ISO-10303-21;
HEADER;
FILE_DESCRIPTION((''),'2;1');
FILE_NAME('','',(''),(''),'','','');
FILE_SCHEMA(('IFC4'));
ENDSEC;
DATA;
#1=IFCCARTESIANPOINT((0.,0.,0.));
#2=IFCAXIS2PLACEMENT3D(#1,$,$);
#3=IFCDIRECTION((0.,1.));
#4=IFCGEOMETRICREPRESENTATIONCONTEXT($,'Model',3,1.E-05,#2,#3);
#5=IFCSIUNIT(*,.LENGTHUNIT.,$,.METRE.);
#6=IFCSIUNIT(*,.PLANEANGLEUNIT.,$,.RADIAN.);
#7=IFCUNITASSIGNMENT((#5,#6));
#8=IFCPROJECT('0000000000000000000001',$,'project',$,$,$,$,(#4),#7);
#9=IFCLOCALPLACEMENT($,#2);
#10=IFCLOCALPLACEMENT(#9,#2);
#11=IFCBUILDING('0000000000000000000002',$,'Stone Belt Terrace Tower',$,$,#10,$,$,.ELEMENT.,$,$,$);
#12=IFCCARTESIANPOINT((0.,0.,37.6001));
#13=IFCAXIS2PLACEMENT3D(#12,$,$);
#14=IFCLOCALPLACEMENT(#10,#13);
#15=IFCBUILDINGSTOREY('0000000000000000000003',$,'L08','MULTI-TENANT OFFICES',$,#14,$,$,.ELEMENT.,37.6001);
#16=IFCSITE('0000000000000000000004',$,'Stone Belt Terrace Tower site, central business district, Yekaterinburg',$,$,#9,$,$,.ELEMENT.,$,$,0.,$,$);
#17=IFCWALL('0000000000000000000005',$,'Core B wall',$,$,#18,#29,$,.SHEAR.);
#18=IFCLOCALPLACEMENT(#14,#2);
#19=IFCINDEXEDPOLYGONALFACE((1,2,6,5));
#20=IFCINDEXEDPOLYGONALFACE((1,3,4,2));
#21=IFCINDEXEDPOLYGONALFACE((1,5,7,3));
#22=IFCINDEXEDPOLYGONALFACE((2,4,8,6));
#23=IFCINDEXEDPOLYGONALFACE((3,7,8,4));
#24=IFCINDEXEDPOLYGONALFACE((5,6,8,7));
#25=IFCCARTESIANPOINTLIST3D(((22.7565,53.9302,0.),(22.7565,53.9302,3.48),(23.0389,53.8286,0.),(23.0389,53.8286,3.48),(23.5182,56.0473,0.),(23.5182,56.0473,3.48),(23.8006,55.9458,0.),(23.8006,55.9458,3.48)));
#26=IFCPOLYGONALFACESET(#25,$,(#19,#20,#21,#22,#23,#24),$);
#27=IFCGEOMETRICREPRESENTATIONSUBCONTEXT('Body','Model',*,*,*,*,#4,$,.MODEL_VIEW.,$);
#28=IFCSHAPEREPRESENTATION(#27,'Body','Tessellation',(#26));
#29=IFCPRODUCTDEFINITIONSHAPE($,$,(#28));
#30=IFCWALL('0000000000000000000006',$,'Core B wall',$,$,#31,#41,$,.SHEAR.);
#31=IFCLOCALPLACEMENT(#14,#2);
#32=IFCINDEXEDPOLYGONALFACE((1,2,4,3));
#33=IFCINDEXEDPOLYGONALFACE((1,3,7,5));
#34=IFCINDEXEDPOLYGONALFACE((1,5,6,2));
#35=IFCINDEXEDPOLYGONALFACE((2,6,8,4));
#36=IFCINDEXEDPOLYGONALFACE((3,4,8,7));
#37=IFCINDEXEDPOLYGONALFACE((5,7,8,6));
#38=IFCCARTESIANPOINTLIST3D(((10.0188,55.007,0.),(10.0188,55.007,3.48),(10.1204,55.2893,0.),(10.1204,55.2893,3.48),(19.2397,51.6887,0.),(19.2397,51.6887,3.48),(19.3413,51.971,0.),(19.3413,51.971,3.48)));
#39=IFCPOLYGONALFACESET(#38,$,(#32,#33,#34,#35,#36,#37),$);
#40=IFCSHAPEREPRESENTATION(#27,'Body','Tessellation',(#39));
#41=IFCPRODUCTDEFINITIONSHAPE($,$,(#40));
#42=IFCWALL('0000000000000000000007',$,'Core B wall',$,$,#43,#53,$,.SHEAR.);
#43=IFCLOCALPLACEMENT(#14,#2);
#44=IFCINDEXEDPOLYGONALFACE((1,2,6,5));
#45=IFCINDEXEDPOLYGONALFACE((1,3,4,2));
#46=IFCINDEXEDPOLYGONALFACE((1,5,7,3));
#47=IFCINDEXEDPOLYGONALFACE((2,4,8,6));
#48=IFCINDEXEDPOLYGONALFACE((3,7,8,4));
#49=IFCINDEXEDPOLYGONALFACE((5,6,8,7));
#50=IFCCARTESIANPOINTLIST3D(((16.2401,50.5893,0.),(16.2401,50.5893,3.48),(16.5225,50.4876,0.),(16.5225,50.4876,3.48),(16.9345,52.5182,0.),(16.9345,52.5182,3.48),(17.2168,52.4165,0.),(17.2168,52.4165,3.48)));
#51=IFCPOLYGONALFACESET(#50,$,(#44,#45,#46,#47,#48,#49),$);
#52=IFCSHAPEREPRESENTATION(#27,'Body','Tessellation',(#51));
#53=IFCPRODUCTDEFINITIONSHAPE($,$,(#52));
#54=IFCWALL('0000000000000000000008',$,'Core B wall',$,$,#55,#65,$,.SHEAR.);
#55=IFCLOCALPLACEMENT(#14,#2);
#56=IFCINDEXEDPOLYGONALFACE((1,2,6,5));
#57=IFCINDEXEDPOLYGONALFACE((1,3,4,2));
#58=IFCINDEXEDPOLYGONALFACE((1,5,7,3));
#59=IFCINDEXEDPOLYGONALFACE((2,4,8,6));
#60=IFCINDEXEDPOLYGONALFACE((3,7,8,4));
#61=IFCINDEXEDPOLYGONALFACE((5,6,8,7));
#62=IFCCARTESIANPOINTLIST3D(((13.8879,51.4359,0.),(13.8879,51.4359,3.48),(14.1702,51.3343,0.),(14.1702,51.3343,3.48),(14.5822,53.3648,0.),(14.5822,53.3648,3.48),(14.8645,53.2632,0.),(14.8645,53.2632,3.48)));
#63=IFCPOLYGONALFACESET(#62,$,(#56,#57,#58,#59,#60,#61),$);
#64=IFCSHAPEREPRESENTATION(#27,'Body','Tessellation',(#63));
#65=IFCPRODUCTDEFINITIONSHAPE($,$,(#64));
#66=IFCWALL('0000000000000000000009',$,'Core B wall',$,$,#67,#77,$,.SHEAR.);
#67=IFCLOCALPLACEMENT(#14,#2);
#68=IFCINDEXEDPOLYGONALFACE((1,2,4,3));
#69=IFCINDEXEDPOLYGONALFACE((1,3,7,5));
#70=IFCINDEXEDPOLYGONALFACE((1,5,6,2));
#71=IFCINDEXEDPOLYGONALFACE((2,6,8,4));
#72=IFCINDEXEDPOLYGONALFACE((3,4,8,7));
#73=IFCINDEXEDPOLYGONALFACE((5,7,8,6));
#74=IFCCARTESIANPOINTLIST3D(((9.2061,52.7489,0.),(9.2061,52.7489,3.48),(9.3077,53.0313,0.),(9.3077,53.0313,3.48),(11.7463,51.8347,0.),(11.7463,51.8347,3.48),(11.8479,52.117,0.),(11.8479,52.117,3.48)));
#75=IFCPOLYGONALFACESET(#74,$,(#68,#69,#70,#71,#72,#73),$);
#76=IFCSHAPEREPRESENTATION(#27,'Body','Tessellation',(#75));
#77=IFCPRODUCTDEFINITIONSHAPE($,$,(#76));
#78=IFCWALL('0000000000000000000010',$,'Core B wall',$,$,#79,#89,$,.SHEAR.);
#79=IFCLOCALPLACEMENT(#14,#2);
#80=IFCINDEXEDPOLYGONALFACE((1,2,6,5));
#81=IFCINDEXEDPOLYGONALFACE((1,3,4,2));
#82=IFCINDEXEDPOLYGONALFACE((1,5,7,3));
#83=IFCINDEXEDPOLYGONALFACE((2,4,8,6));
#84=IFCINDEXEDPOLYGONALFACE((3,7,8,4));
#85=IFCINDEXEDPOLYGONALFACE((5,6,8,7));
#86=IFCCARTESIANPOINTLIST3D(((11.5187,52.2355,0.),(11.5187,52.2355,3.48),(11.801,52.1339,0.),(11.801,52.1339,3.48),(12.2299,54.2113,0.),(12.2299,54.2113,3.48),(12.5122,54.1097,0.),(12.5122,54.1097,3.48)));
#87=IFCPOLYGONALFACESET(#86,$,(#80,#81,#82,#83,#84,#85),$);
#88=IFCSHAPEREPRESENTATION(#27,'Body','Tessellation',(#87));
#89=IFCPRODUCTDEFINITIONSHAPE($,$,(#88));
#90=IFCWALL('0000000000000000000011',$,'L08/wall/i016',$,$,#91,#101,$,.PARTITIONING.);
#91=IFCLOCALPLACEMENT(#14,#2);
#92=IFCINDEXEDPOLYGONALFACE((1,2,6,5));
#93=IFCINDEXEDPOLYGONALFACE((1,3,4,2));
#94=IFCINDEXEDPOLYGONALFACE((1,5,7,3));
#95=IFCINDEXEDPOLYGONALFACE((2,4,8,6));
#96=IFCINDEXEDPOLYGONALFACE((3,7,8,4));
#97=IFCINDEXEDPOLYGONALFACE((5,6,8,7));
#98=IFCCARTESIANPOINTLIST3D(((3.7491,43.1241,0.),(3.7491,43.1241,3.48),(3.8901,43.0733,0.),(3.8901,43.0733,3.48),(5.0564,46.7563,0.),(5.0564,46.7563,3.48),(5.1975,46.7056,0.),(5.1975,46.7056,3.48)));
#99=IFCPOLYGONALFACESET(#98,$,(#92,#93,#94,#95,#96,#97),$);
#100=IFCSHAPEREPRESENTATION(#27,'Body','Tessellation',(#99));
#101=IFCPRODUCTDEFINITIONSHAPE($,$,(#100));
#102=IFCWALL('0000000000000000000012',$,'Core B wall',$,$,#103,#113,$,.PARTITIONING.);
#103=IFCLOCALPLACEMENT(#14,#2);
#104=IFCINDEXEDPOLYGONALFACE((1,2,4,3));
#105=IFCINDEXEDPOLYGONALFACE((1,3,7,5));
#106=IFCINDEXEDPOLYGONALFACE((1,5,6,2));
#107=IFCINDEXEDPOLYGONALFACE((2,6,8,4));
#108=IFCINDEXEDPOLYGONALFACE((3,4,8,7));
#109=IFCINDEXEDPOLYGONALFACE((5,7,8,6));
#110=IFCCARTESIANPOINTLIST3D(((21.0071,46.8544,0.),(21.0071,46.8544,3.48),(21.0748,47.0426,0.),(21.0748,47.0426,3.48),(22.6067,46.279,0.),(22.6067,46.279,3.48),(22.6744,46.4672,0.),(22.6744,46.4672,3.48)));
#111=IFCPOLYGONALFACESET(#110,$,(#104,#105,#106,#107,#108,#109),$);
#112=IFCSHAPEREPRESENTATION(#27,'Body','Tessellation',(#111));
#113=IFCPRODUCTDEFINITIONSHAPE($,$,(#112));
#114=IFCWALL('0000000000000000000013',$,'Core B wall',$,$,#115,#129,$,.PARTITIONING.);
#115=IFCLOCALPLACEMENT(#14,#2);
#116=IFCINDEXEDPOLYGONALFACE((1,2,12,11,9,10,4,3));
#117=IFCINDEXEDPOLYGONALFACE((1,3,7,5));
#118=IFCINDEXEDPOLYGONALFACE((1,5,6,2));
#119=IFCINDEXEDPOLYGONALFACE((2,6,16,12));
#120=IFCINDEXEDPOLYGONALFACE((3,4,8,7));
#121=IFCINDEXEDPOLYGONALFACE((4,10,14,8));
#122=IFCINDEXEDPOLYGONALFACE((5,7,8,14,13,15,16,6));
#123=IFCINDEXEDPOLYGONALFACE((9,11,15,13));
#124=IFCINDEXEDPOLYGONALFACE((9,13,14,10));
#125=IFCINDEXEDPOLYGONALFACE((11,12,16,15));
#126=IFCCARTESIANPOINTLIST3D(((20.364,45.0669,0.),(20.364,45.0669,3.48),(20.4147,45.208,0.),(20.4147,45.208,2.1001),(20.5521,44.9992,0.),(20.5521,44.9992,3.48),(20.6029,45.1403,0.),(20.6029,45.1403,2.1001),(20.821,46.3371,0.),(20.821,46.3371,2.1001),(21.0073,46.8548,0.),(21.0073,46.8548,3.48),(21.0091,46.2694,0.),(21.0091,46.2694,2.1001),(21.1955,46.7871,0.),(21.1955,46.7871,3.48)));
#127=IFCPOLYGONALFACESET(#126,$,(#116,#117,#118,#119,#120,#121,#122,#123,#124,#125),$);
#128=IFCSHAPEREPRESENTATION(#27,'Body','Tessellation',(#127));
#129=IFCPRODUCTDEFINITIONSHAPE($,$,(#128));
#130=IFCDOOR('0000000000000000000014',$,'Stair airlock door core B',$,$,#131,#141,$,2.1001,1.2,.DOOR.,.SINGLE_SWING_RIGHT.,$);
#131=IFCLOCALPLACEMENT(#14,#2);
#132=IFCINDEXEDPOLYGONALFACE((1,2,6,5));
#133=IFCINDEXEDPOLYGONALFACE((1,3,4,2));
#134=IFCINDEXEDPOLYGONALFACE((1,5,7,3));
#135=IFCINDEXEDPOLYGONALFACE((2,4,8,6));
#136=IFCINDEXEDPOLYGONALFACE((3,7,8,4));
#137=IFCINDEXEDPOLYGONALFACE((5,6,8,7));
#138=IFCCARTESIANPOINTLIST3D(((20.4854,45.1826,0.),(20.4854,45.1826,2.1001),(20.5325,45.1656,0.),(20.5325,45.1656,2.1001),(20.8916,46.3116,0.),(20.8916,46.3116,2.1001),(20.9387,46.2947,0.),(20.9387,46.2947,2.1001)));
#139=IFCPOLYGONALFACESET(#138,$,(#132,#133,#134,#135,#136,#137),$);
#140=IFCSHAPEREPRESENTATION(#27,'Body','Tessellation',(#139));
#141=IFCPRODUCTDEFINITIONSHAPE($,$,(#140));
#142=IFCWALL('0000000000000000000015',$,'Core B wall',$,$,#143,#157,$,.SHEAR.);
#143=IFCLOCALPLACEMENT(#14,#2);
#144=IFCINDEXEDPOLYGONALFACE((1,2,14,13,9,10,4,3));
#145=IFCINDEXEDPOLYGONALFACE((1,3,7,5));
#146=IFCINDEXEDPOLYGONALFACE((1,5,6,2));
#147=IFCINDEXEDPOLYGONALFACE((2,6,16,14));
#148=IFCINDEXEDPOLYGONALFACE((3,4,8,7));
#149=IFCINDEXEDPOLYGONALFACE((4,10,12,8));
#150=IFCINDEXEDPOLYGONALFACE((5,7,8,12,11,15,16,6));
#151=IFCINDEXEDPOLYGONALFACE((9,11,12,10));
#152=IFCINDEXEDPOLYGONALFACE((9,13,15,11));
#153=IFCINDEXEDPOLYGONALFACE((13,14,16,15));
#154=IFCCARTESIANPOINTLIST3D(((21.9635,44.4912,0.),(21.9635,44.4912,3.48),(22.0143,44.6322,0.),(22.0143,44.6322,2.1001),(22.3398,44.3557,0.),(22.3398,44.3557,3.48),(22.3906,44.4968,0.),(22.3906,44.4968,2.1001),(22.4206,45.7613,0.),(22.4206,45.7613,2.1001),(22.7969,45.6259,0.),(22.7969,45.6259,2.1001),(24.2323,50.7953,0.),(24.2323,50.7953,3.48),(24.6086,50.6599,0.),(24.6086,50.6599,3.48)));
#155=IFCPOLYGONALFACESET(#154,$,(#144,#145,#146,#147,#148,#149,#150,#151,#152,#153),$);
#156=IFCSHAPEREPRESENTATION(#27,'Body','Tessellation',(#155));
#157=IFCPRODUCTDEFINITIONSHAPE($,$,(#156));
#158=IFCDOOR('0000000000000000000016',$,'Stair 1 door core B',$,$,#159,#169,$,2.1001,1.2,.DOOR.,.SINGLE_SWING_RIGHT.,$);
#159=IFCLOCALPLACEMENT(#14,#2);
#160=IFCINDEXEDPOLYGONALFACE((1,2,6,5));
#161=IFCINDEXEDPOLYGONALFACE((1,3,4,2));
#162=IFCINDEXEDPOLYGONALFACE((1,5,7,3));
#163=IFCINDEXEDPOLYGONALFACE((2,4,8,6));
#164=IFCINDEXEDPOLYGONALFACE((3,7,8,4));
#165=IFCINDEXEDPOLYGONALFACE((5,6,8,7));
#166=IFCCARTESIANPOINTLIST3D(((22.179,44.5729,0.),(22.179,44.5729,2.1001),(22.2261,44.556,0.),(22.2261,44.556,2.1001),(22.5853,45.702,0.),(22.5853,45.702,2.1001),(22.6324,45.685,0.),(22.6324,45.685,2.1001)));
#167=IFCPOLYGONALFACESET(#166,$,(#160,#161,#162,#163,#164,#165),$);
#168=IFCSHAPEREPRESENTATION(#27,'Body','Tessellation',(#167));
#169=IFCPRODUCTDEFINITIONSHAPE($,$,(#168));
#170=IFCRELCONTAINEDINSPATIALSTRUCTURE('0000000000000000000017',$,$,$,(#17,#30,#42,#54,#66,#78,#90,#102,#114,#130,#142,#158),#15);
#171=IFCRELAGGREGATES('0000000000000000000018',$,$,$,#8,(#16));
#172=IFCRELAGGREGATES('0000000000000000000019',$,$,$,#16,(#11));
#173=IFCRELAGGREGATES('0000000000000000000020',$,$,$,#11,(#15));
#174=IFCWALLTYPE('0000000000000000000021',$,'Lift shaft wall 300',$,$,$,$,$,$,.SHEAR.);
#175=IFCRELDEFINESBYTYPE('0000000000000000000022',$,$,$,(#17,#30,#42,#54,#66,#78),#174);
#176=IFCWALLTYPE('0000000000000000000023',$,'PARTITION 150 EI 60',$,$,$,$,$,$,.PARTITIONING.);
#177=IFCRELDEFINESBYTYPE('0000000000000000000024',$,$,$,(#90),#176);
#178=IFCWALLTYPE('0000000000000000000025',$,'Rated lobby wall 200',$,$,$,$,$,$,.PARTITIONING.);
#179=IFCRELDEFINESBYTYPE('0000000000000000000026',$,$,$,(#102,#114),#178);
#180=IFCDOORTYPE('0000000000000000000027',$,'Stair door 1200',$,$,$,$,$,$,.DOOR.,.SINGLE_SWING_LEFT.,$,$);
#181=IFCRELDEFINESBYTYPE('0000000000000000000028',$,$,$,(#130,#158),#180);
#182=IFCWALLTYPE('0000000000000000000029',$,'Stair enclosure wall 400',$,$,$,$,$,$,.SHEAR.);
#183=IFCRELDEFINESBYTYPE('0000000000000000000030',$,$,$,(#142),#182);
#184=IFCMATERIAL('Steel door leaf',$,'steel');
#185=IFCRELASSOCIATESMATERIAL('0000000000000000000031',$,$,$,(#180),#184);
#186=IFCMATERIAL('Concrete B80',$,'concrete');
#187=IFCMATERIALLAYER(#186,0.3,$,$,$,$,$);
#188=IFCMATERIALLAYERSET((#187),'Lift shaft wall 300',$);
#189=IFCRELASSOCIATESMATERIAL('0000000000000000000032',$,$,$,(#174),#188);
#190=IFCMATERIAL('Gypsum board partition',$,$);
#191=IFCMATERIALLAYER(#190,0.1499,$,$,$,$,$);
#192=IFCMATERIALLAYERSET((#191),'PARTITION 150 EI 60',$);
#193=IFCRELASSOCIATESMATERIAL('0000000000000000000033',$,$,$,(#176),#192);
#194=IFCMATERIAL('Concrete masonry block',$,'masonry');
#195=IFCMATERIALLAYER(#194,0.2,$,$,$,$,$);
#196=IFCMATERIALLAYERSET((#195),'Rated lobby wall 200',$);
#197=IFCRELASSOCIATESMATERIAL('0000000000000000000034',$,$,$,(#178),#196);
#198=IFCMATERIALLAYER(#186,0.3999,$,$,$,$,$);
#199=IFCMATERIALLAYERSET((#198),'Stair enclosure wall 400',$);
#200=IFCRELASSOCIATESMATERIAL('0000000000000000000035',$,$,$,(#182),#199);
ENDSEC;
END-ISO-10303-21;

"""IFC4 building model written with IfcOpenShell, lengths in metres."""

from ifc_helpers import new_model, si_unit, direction, frame, frame_2d, origin, place, context, subcontext, project, spatial, rectangle, extrude, material, layer, layer_set, type_object, element, fill, save


model = new_model("IFC4")

# Units and contexts
model_context = context("Model", 3, precision=1e-05, world=origin(), true_north=direction((0.0, 1.0)))
body_context = subcontext(model_context, "Body", "Model", "MODEL_VIEW")
ifc_project = project(units=[si_unit("LENGTHUNIT", "METRE"), si_unit("PLANEANGLEUNIT", "RADIAN")], contexts=[model_context])

# Site, building, storey
site_placement = place(None, origin())
site = spatial("IfcSite", under=ifc_project, at=site_placement, Name="Stone Belt Terrace Tower site, central business district, Yekaterinburg", CompositionType="ELEMENT", RefElevation=0.0)
building_placement = place(site_placement, origin())
building = spatial("IfcBuilding", under=site, at=building_placement, Name="Stone Belt Terrace Tower", CompositionType="ELEMENT")
storey_placement = place(building_placement, frame((0.0, 0.0, 37.6001)))
storey = spatial("IfcBuildingStorey", under=building, at=storey_placement, Name="L08", Description="MULTI-TENANT OFFICES", CompositionType="ELEMENT", Elevation=37.6001)

# Shared definitions
ifc_material_1 = material(Name="Concrete B80", Category="concrete")

# Shared definitions
ifc_material_2 = material(Name="Steel door leaf", Category="steel")
door_type_1 = type_object("IfcDoorType", Name="Stair door 1200", OperationType="SINGLE_SWING_LEFT", PredefinedType="DOOR", material=ifc_material_2)

# Walls
ifc_layer_1 = layer(ifc_material_1, 0.3)
ifc_layer_set_1 = layer_set([ifc_layer_1], Name="Lift shaft wall 300")
wall_type_1 = type_object("IfcWallType", Name="Lift shaft wall 300", PredefinedType="SHEAR", material=ifc_layer_set_1)
wall_1_placement = place(storey_placement, frame((22.8977, 53.8794, 0.0), z_axis=(0.0, 0.0, 1.0), x_axis=(0.338535, 0.940954, 0.0)))
element("IfcWall", 1, at=wall_1_placement, inside=storey, type_object=wall_type_1, Name="Core B wall", PredefinedType="SHEAR", context=body_context, shape_type="SweptSolid", body=[
    extrude(rectangle(XDim=2.25, YDim=0.3, at=frame_2d((1.125, 0.0))), origin(), (0.0, 0.0, 1.0), 3.48),
])
wall_2_placement = place(storey_placement, frame((19.2905, 51.8298, 0.0), z_axis=(0.0, 0.0, 1.0), x_axis=(-0.940926, 0.338613, 0.0)))
element("IfcWall", 2, at=wall_2_placement, inside=storey, type_object=wall_type_1, Name="Core B wall", PredefinedType="SHEAR", context=body_context, shape_type="SweptSolid", body=[
    extrude(rectangle(XDim=9.7998, YDim=0.3, at=frame_2d((4.8999, 0.0))), origin(), (0.0, 0.0, 1.0), 3.48),
])
for number, where, z_axis, x_axis, name in (
    (3, (16.3813, 50.5386, 0.0), (0.0, 0.0, 1.0), (0.338682, 0.940901, 0.0), "Core B wall"),
    (4, (14.0291, 51.3853, 0.0), (0.0, 0.0, 1.0), (0.338682, 0.940901, 0.0), "Core B wall"),
):
    element("IfcWall", number, at=place(storey_placement, frame(where, z_axis=z_axis, x_axis=x_axis)), inside=storey, type_object=wall_type_1, Name=name, PredefinedType="SHEAR", context=body_context, shape_type="SweptSolid", body=[
        extrude(rectangle(XDim=2.05, YDim=0.3, at=frame_2d((1.0249, 0.0))), origin(), (0.0, 0.0, 1.0), 3.48),
    ])
wall_3_placement = place(storey_placement, frame((11.7971, 51.9758, 0.0), z_axis=(0.0, 0.0, 1.0), x_axis=(-0.94091, 0.338655, 0.0)))
element("IfcWall", 5, at=wall_3_placement, inside=storey, type_object=wall_type_1, Name="Core B wall", PredefinedType="SHEAR", context=body_context, shape_type="SweptSolid", body=[
    extrude(rectangle(XDim=2.6997, YDim=0.3, at=frame_2d((1.3499, 0.0))), origin(), (0.0, 0.0, 1.0), 3.48),
])
wall_4_placement = place(storey_placement, frame((11.6599, 52.1848, 0.0), z_axis=(0.0, 0.0, 1.0), x_axis=(0.33867, 0.940905, 0.0)))
element("IfcWall", 6, at=wall_4_placement, inside=storey, type_object=wall_type_1, Name="Core B wall", PredefinedType="SHEAR", context=body_context, shape_type="SweptSolid", body=[
    extrude(rectangle(XDim=2.0999, YDim=0.3, at=frame_2d((1.0498, 0.0))), origin(), (0.0, 0.0, 1.0), 3.48),
])
ifc_material_3 = material(Name="Gypsum board partition")
ifc_layer_2 = layer(ifc_material_3, 0.1499)
ifc_layer_set_2 = layer_set([ifc_layer_2], Name="PARTITION 150 EI 60")
wall_type_2 = type_object("IfcWallType", Name="PARTITION 150 EI 60", PredefinedType="PARTITIONING", material=ifc_layer_set_2)
wall_5_placement = place(storey_placement, frame((5.127, 46.731, 0.0), z_axis=(0.0, 0.0, 1.0), x_axis=(-0.338659, -0.940909, 0.0)))
element("IfcWall", 7, at=wall_5_placement, inside=storey, type_object=wall_type_2, Name="L08/wall/i016", PredefinedType="PARTITIONING", context=body_context, shape_type="SweptSolid", body=[
    extrude(rectangle(XDim=3.8604, YDim=0.1499, at=frame_2d((1.9302, 0.0))), origin(), (0.0, 0.0, 1.0), 3.48),
])
ifc_material_4 = material(Name="Concrete masonry block", Category="masonry")
ifc_layer_3 = layer(ifc_material_4, 0.2)
ifc_layer_set_3 = layer_set([ifc_layer_3], Name="Rated lobby wall 200")
wall_type_3 = type_object("IfcWallType", Name="Rated lobby wall 200", PredefinedType="PARTITIONING", material=ifc_layer_set_3)
wall_6_placement = place(storey_placement, frame((22.6406, 46.373, 0.0), z_axis=(0.0, 0.0, 1.0), x_axis=(-0.940966, 0.338501, 0.0)))
element("IfcWall", 8, at=wall_6_placement, inside=storey, type_object=wall_type_3, Name="Core B wall", PredefinedType="PARTITIONING", context=body_context, shape_type="SweptSolid", body=[
    extrude(rectangle(XDim=1.7, YDim=0.2, at=frame_2d((0.8501, 0.0))), origin(), (0.0, 0.0, 1.0), 3.48),
])

# Walls, openings, doors
wall_7_placement = place(storey_placement, frame((20.458, 45.033, 0.0), z_axis=(0.0, 0.0, 1.0), x_axis=(0.338574, 0.94094, 0.0)))
wall_7 = element("IfcWall", 9, at=wall_7_placement, inside=storey, type_object=wall_type_3, Name="Core B wall", PredefinedType="PARTITIONING", context=body_context, shape_type="SweptSolid", body=[
    extrude(rectangle(XDim=1.9001, YDim=0.2, at=frame_2d((0.9502, 0.0))), origin(), (0.0, 0.0, 1.0), 3.48),
])
opening_1_placement = place(wall_7_placement, frame((0.1499, 0.0, 0.0)))
opening_1 = element("IfcOpeningElement", 10, at=opening_1_placement, cuts=wall_7, PredefinedType="OPENING", context=body_context, shape_type="SweptSolid", body=[
    extrude(rectangle(XDim=1.2, YDim=2.1001, at=frame_2d((0.6001, 1.05))), frame((0.0, 0.1099, 0.0), z_axis=(0.0, -1.0, 0.0), x_axis=(1.0, 0.0, 0.0)), (0.0, 0.0, 1.0), 0.22),
])
door_1_placement = place(opening_1_placement, origin())
door_1 = element("IfcDoor", 11, at=door_1_placement, inside=storey, type_object=door_type_1, Name="Stair airlock door core B", OperationType="SINGLE_SWING_RIGHT", OverallHeight=2.1001, OverallWidth=1.2, PredefinedType="DOOR", context=body_context, shape_type="SweptSolid", body=[
    extrude(rectangle(XDim=1.2, YDim=2.1001, at=frame_2d((0.6001, 1.05))), frame((0.0, 0.0249, 0.0), z_axis=(0.0, -1.0, 0.0), x_axis=(1.0, 0.0, 0.0)), (0.0, 0.0, 1.0), 0.05),
])
fill(opening_1, door_1)
ifc_layer_4 = layer(ifc_material_1, 0.3999)
ifc_layer_set_4 = layer_set([ifc_layer_4], Name="Stair enclosure wall 400")
wall_type_4 = type_object("IfcWallType", Name="Stair enclosure wall 400", PredefinedType="SHEAR", material=ifc_layer_set_4)
wall_8_placement = place(storey_placement, frame((22.1516, 44.4233, 0.0), z_axis=(0.0, 0.0, 1.0), x_axis=(0.338625, 0.940921, 0.0)))
wall_8 = element("IfcWall", 12, at=wall_8_placement, inside=storey, type_object=wall_type_4, Name="Core B wall", PredefinedType="SHEAR", context=body_context, shape_type="SweptSolid", body=[
    extrude(rectangle(XDim=6.7, YDim=0.3999, at=frame_2d((3.3501, 0.0))), origin(), (0.0, 0.0, 1.0), 3.48),
])
opening_2_placement = place(wall_8_placement, frame((0.1499, 0.0, 0.0)))
opening_2 = element("IfcOpeningElement", 13, at=opening_2_placement, cuts=wall_8, PredefinedType="OPENING", context=body_context, shape_type="SweptSolid", body=[
    extrude(rectangle(XDim=1.2, YDim=2.1001, at=frame_2d((0.6001, 1.05))), frame((0.0, 0.21, 0.0), z_axis=(0.0, -1.0, 0.0), x_axis=(1.0, 0.0, 0.0)), (0.0, 0.0, 1.0), 0.4199),
])
door_2_placement = place(opening_2_placement, origin())
door_2 = element("IfcDoor", 14, at=door_2_placement, inside=storey, type_object=door_type_1, Name="Stair 1 door core B", OperationType="SINGLE_SWING_RIGHT", OverallHeight=2.1001, OverallWidth=1.2, PredefinedType="DOOR", context=body_context, shape_type="SweptSolid", body=[
    extrude(rectangle(XDim=1.2, YDim=2.1001, at=frame_2d((0.6001, 1.05))), frame((0.0, 0.0249, 0.0), z_axis=(0.0, -1.0, 0.0), x_axis=(1.0, 0.0, 0.0)), (0.0, 0.0, 1.0), 0.05),
])
fill(opening_2, door_2)

save(model, "model.ifc")
